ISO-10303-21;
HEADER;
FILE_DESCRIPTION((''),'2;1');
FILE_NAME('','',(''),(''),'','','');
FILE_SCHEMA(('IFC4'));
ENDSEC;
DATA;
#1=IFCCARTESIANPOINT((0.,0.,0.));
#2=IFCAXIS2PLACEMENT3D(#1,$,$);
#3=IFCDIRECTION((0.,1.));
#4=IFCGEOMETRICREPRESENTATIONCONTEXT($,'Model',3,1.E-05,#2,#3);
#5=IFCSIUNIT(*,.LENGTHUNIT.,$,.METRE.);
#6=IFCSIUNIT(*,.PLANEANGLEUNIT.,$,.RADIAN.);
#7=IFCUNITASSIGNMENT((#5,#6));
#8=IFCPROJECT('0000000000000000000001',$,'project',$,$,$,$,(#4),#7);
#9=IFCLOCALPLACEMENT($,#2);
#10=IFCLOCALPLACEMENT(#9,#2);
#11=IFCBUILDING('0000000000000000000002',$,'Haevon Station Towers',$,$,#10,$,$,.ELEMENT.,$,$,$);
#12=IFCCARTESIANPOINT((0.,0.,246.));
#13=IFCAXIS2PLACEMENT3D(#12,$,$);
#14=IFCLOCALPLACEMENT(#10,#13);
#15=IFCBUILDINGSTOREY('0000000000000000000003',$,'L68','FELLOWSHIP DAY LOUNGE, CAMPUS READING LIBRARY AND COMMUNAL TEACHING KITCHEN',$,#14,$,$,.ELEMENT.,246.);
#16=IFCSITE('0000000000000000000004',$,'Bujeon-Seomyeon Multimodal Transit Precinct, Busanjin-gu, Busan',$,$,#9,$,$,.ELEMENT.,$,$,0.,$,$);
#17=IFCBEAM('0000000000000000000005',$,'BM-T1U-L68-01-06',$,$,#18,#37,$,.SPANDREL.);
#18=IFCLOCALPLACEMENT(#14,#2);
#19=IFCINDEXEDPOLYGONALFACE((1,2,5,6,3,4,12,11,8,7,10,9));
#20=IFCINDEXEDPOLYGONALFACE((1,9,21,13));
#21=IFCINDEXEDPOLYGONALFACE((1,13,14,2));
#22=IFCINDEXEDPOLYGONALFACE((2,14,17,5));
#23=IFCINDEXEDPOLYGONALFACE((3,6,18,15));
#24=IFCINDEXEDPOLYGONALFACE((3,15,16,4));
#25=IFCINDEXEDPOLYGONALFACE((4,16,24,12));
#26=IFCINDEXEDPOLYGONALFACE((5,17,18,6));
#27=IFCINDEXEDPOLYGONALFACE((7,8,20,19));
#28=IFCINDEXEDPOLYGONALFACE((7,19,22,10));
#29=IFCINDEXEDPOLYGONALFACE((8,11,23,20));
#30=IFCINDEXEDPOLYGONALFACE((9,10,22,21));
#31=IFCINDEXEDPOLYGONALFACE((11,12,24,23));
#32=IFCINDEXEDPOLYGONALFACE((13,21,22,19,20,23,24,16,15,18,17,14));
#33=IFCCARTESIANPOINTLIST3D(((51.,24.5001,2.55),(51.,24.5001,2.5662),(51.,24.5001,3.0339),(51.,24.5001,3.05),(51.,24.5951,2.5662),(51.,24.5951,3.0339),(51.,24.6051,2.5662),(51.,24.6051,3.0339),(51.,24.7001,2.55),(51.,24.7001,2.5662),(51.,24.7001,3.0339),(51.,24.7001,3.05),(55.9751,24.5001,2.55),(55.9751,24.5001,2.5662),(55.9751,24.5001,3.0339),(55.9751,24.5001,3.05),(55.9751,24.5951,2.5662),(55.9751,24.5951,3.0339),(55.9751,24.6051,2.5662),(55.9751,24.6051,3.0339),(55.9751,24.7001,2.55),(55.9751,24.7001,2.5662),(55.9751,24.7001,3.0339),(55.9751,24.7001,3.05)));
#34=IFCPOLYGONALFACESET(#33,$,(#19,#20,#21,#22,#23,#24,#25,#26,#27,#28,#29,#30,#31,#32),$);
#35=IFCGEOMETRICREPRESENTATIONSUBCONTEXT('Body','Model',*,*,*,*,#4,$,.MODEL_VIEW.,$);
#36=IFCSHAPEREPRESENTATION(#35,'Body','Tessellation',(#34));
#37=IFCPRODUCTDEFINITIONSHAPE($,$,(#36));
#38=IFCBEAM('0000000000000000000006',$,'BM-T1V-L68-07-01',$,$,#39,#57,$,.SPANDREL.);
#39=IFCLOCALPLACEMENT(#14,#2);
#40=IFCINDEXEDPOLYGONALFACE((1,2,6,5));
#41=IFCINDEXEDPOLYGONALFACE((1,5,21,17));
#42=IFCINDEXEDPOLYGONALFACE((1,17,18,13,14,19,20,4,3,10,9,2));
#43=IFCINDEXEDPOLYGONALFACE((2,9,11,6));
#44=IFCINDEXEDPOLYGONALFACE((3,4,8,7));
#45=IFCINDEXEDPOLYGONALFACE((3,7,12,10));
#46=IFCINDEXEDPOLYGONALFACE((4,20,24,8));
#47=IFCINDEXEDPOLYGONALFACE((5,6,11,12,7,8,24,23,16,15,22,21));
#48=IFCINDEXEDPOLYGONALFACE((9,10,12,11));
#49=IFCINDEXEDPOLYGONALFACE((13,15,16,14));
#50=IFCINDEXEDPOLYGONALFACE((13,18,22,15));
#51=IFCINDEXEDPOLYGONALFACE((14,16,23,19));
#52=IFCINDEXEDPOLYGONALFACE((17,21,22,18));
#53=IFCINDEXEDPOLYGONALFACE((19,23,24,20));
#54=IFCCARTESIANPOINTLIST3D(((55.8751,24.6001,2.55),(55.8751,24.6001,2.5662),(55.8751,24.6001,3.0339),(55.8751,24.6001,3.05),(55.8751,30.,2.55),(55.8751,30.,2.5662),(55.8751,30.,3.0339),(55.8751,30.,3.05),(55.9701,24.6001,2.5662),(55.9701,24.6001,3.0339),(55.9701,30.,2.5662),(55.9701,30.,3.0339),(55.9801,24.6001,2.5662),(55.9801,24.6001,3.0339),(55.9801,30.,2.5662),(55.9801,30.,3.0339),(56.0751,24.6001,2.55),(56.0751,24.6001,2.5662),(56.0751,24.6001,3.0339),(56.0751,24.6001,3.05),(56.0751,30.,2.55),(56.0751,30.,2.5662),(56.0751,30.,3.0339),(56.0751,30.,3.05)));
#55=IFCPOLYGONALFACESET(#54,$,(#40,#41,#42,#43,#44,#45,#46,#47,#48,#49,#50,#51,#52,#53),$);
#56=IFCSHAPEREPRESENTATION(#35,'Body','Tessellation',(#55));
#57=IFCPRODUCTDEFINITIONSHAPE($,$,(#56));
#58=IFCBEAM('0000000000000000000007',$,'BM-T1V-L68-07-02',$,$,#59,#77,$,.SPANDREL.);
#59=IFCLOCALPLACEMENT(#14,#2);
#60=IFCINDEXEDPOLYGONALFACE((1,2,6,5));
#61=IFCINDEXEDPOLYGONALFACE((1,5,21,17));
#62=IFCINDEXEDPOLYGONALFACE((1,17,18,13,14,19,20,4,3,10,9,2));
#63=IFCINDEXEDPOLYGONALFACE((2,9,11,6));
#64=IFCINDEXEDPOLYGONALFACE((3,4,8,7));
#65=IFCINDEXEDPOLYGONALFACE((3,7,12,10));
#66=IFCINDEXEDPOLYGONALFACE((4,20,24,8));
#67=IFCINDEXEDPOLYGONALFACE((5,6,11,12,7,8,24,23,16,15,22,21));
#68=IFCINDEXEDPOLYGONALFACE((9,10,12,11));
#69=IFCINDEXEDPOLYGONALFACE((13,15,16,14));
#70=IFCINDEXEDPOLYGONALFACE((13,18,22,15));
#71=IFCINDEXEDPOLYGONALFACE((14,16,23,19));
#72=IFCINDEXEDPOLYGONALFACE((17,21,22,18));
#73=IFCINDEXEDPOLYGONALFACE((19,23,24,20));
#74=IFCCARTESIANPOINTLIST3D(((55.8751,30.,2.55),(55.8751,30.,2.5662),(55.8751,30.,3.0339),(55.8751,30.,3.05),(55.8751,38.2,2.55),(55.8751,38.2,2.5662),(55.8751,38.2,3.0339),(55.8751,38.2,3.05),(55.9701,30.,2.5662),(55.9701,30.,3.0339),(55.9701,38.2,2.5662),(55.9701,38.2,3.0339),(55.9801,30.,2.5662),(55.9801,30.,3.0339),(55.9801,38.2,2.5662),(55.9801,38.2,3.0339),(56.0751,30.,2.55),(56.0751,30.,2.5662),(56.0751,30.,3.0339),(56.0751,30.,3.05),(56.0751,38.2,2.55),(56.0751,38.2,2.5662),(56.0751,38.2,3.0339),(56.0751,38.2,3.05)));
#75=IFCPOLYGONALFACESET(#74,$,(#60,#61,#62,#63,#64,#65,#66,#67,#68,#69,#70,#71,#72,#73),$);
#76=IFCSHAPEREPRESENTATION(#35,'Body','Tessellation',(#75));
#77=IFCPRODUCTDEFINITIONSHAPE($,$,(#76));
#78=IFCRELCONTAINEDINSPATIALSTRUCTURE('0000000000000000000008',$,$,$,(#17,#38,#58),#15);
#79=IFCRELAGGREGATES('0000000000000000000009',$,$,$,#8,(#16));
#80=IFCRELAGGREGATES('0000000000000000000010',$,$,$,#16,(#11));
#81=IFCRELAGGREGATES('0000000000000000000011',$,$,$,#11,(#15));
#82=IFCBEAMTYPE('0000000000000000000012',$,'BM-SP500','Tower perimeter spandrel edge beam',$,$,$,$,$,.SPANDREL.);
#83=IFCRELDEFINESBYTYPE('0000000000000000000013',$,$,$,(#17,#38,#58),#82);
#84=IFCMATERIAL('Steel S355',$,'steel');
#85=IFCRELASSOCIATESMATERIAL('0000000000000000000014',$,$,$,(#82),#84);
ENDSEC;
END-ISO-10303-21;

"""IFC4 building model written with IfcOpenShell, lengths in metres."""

from ifc_helpers import new_model, si_unit, direction, frame, origin, origin_2d, place, context, subcontext, project, spatial, i_section, extrude, material, material_profile, profile_set, type_object, element, save


model = new_model("IFC4")

# Units and contexts
model_context = context("Model", 3, precision=1e-05, world=origin(), true_north=direction((0.0, 1.0)))
body_context = subcontext(model_context, "Body", "Model", "MODEL_VIEW")
ifc_project = project(units=[si_unit("LENGTHUNIT", "METRE"), si_unit("PLANEANGLEUNIT", "RADIAN")], contexts=[model_context])

# Site, building, storey
site_placement = place(None, origin())
site = spatial("IfcSite", under=ifc_project, at=site_placement, Name="Bujeon-Seomyeon Multimodal Transit Precinct, Busanjin-gu, Busan", CompositionType="ELEMENT", RefElevation=0.0)
building_placement = place(site_placement, origin())
building = spatial("IfcBuilding", under=site, at=building_placement, Name="Haevon Station Towers", CompositionType="ELEMENT")
storey_placement = place(building_placement, frame((0.0, 0.0, 246.0)))
storey = spatial("IfcBuildingStorey", under=building, at=storey_placement, Name="L68", Description="FELLOWSHIP DAY LOUNGE, CAMPUS READING LIBRARY AND COMMUNAL TEACHING KITCHEN", CompositionType="ELEMENT", Elevation=246.0)

# Shared definitions
ifc_material_1 = material(Name="Steel S355", Category="steel")

# Beams
ifc_material_profile_1 = material_profile(ifc_material_1, i_section(OverallWidth=0.2, OverallDepth=0.5, WebThickness=0.01, FlangeThickness=0.0161, at=origin_2d()), Name="H-500x200x10x16")
ifc_profile_set_1 = profile_set([ifc_material_profile_1], Name="Steel S355")
beam_type_1 = type_object("IfcBeamType", Name="BM-SP500", Description="Tower perimeter spandrel edge beam", PredefinedType="SPANDREL", material=ifc_profile_set_1)
beam_1_placement = place(storey_placement, frame((51.0, 24.6001, 2.8), z_axis=(1.0, 0.0, 0.0), x_axis=(0.0, 1.0, 0.0)))
element("IfcBeam", 1, at=beam_1_placement, inside=storey, type_object=beam_type_1, Name="BM-T1U-L68-01-06", PredefinedType="SPANDREL", context=body_context, shape_type="SweptSolid", body=[
    extrude(i_section(OverallWidth=0.2, OverallDepth=0.5, WebThickness=0.01, FlangeThickness=0.0161, at=origin_2d()), origin(), (0.0, 0.0, 1.0), 4.9751),
])
beam_2_placement = place(storey_placement, frame((55.9751, 24.6001, 2.8), z_axis=(0.0, 1.0, 0.0), x_axis=(-1.0, 0.0, 0.0)))
element("IfcBeam", 2, at=beam_2_placement, inside=storey, type_object=beam_type_1, Name="BM-T1V-L68-07-01", PredefinedType="SPANDREL", context=body_context, shape_type="SweptSolid", body=[
    extrude(i_section(OverallWidth=0.2, OverallDepth=0.5, WebThickness=0.01, FlangeThickness=0.0161, at=origin_2d()), origin(), (0.0, 0.0, 1.0), 5.3999),
])
beam_3_placement = place(storey_placement, frame((55.9751, 30.0, 2.8), z_axis=(0.0, 1.0, 0.0), x_axis=(-1.0, 0.0, 0.0)))
element("IfcBeam", 3, at=beam_3_placement, inside=storey, type_object=beam_type_1, Name="BM-T1V-L68-07-02", PredefinedType="SPANDREL", context=body_context, shape_type="SweptSolid", body=[
    extrude(i_section(OverallWidth=0.2, OverallDepth=0.5, WebThickness=0.01, FlangeThickness=0.0161, at=origin_2d()), origin(), (0.0, 0.0, 1.0), 8.2),
])

save(model, "model.ifc")
